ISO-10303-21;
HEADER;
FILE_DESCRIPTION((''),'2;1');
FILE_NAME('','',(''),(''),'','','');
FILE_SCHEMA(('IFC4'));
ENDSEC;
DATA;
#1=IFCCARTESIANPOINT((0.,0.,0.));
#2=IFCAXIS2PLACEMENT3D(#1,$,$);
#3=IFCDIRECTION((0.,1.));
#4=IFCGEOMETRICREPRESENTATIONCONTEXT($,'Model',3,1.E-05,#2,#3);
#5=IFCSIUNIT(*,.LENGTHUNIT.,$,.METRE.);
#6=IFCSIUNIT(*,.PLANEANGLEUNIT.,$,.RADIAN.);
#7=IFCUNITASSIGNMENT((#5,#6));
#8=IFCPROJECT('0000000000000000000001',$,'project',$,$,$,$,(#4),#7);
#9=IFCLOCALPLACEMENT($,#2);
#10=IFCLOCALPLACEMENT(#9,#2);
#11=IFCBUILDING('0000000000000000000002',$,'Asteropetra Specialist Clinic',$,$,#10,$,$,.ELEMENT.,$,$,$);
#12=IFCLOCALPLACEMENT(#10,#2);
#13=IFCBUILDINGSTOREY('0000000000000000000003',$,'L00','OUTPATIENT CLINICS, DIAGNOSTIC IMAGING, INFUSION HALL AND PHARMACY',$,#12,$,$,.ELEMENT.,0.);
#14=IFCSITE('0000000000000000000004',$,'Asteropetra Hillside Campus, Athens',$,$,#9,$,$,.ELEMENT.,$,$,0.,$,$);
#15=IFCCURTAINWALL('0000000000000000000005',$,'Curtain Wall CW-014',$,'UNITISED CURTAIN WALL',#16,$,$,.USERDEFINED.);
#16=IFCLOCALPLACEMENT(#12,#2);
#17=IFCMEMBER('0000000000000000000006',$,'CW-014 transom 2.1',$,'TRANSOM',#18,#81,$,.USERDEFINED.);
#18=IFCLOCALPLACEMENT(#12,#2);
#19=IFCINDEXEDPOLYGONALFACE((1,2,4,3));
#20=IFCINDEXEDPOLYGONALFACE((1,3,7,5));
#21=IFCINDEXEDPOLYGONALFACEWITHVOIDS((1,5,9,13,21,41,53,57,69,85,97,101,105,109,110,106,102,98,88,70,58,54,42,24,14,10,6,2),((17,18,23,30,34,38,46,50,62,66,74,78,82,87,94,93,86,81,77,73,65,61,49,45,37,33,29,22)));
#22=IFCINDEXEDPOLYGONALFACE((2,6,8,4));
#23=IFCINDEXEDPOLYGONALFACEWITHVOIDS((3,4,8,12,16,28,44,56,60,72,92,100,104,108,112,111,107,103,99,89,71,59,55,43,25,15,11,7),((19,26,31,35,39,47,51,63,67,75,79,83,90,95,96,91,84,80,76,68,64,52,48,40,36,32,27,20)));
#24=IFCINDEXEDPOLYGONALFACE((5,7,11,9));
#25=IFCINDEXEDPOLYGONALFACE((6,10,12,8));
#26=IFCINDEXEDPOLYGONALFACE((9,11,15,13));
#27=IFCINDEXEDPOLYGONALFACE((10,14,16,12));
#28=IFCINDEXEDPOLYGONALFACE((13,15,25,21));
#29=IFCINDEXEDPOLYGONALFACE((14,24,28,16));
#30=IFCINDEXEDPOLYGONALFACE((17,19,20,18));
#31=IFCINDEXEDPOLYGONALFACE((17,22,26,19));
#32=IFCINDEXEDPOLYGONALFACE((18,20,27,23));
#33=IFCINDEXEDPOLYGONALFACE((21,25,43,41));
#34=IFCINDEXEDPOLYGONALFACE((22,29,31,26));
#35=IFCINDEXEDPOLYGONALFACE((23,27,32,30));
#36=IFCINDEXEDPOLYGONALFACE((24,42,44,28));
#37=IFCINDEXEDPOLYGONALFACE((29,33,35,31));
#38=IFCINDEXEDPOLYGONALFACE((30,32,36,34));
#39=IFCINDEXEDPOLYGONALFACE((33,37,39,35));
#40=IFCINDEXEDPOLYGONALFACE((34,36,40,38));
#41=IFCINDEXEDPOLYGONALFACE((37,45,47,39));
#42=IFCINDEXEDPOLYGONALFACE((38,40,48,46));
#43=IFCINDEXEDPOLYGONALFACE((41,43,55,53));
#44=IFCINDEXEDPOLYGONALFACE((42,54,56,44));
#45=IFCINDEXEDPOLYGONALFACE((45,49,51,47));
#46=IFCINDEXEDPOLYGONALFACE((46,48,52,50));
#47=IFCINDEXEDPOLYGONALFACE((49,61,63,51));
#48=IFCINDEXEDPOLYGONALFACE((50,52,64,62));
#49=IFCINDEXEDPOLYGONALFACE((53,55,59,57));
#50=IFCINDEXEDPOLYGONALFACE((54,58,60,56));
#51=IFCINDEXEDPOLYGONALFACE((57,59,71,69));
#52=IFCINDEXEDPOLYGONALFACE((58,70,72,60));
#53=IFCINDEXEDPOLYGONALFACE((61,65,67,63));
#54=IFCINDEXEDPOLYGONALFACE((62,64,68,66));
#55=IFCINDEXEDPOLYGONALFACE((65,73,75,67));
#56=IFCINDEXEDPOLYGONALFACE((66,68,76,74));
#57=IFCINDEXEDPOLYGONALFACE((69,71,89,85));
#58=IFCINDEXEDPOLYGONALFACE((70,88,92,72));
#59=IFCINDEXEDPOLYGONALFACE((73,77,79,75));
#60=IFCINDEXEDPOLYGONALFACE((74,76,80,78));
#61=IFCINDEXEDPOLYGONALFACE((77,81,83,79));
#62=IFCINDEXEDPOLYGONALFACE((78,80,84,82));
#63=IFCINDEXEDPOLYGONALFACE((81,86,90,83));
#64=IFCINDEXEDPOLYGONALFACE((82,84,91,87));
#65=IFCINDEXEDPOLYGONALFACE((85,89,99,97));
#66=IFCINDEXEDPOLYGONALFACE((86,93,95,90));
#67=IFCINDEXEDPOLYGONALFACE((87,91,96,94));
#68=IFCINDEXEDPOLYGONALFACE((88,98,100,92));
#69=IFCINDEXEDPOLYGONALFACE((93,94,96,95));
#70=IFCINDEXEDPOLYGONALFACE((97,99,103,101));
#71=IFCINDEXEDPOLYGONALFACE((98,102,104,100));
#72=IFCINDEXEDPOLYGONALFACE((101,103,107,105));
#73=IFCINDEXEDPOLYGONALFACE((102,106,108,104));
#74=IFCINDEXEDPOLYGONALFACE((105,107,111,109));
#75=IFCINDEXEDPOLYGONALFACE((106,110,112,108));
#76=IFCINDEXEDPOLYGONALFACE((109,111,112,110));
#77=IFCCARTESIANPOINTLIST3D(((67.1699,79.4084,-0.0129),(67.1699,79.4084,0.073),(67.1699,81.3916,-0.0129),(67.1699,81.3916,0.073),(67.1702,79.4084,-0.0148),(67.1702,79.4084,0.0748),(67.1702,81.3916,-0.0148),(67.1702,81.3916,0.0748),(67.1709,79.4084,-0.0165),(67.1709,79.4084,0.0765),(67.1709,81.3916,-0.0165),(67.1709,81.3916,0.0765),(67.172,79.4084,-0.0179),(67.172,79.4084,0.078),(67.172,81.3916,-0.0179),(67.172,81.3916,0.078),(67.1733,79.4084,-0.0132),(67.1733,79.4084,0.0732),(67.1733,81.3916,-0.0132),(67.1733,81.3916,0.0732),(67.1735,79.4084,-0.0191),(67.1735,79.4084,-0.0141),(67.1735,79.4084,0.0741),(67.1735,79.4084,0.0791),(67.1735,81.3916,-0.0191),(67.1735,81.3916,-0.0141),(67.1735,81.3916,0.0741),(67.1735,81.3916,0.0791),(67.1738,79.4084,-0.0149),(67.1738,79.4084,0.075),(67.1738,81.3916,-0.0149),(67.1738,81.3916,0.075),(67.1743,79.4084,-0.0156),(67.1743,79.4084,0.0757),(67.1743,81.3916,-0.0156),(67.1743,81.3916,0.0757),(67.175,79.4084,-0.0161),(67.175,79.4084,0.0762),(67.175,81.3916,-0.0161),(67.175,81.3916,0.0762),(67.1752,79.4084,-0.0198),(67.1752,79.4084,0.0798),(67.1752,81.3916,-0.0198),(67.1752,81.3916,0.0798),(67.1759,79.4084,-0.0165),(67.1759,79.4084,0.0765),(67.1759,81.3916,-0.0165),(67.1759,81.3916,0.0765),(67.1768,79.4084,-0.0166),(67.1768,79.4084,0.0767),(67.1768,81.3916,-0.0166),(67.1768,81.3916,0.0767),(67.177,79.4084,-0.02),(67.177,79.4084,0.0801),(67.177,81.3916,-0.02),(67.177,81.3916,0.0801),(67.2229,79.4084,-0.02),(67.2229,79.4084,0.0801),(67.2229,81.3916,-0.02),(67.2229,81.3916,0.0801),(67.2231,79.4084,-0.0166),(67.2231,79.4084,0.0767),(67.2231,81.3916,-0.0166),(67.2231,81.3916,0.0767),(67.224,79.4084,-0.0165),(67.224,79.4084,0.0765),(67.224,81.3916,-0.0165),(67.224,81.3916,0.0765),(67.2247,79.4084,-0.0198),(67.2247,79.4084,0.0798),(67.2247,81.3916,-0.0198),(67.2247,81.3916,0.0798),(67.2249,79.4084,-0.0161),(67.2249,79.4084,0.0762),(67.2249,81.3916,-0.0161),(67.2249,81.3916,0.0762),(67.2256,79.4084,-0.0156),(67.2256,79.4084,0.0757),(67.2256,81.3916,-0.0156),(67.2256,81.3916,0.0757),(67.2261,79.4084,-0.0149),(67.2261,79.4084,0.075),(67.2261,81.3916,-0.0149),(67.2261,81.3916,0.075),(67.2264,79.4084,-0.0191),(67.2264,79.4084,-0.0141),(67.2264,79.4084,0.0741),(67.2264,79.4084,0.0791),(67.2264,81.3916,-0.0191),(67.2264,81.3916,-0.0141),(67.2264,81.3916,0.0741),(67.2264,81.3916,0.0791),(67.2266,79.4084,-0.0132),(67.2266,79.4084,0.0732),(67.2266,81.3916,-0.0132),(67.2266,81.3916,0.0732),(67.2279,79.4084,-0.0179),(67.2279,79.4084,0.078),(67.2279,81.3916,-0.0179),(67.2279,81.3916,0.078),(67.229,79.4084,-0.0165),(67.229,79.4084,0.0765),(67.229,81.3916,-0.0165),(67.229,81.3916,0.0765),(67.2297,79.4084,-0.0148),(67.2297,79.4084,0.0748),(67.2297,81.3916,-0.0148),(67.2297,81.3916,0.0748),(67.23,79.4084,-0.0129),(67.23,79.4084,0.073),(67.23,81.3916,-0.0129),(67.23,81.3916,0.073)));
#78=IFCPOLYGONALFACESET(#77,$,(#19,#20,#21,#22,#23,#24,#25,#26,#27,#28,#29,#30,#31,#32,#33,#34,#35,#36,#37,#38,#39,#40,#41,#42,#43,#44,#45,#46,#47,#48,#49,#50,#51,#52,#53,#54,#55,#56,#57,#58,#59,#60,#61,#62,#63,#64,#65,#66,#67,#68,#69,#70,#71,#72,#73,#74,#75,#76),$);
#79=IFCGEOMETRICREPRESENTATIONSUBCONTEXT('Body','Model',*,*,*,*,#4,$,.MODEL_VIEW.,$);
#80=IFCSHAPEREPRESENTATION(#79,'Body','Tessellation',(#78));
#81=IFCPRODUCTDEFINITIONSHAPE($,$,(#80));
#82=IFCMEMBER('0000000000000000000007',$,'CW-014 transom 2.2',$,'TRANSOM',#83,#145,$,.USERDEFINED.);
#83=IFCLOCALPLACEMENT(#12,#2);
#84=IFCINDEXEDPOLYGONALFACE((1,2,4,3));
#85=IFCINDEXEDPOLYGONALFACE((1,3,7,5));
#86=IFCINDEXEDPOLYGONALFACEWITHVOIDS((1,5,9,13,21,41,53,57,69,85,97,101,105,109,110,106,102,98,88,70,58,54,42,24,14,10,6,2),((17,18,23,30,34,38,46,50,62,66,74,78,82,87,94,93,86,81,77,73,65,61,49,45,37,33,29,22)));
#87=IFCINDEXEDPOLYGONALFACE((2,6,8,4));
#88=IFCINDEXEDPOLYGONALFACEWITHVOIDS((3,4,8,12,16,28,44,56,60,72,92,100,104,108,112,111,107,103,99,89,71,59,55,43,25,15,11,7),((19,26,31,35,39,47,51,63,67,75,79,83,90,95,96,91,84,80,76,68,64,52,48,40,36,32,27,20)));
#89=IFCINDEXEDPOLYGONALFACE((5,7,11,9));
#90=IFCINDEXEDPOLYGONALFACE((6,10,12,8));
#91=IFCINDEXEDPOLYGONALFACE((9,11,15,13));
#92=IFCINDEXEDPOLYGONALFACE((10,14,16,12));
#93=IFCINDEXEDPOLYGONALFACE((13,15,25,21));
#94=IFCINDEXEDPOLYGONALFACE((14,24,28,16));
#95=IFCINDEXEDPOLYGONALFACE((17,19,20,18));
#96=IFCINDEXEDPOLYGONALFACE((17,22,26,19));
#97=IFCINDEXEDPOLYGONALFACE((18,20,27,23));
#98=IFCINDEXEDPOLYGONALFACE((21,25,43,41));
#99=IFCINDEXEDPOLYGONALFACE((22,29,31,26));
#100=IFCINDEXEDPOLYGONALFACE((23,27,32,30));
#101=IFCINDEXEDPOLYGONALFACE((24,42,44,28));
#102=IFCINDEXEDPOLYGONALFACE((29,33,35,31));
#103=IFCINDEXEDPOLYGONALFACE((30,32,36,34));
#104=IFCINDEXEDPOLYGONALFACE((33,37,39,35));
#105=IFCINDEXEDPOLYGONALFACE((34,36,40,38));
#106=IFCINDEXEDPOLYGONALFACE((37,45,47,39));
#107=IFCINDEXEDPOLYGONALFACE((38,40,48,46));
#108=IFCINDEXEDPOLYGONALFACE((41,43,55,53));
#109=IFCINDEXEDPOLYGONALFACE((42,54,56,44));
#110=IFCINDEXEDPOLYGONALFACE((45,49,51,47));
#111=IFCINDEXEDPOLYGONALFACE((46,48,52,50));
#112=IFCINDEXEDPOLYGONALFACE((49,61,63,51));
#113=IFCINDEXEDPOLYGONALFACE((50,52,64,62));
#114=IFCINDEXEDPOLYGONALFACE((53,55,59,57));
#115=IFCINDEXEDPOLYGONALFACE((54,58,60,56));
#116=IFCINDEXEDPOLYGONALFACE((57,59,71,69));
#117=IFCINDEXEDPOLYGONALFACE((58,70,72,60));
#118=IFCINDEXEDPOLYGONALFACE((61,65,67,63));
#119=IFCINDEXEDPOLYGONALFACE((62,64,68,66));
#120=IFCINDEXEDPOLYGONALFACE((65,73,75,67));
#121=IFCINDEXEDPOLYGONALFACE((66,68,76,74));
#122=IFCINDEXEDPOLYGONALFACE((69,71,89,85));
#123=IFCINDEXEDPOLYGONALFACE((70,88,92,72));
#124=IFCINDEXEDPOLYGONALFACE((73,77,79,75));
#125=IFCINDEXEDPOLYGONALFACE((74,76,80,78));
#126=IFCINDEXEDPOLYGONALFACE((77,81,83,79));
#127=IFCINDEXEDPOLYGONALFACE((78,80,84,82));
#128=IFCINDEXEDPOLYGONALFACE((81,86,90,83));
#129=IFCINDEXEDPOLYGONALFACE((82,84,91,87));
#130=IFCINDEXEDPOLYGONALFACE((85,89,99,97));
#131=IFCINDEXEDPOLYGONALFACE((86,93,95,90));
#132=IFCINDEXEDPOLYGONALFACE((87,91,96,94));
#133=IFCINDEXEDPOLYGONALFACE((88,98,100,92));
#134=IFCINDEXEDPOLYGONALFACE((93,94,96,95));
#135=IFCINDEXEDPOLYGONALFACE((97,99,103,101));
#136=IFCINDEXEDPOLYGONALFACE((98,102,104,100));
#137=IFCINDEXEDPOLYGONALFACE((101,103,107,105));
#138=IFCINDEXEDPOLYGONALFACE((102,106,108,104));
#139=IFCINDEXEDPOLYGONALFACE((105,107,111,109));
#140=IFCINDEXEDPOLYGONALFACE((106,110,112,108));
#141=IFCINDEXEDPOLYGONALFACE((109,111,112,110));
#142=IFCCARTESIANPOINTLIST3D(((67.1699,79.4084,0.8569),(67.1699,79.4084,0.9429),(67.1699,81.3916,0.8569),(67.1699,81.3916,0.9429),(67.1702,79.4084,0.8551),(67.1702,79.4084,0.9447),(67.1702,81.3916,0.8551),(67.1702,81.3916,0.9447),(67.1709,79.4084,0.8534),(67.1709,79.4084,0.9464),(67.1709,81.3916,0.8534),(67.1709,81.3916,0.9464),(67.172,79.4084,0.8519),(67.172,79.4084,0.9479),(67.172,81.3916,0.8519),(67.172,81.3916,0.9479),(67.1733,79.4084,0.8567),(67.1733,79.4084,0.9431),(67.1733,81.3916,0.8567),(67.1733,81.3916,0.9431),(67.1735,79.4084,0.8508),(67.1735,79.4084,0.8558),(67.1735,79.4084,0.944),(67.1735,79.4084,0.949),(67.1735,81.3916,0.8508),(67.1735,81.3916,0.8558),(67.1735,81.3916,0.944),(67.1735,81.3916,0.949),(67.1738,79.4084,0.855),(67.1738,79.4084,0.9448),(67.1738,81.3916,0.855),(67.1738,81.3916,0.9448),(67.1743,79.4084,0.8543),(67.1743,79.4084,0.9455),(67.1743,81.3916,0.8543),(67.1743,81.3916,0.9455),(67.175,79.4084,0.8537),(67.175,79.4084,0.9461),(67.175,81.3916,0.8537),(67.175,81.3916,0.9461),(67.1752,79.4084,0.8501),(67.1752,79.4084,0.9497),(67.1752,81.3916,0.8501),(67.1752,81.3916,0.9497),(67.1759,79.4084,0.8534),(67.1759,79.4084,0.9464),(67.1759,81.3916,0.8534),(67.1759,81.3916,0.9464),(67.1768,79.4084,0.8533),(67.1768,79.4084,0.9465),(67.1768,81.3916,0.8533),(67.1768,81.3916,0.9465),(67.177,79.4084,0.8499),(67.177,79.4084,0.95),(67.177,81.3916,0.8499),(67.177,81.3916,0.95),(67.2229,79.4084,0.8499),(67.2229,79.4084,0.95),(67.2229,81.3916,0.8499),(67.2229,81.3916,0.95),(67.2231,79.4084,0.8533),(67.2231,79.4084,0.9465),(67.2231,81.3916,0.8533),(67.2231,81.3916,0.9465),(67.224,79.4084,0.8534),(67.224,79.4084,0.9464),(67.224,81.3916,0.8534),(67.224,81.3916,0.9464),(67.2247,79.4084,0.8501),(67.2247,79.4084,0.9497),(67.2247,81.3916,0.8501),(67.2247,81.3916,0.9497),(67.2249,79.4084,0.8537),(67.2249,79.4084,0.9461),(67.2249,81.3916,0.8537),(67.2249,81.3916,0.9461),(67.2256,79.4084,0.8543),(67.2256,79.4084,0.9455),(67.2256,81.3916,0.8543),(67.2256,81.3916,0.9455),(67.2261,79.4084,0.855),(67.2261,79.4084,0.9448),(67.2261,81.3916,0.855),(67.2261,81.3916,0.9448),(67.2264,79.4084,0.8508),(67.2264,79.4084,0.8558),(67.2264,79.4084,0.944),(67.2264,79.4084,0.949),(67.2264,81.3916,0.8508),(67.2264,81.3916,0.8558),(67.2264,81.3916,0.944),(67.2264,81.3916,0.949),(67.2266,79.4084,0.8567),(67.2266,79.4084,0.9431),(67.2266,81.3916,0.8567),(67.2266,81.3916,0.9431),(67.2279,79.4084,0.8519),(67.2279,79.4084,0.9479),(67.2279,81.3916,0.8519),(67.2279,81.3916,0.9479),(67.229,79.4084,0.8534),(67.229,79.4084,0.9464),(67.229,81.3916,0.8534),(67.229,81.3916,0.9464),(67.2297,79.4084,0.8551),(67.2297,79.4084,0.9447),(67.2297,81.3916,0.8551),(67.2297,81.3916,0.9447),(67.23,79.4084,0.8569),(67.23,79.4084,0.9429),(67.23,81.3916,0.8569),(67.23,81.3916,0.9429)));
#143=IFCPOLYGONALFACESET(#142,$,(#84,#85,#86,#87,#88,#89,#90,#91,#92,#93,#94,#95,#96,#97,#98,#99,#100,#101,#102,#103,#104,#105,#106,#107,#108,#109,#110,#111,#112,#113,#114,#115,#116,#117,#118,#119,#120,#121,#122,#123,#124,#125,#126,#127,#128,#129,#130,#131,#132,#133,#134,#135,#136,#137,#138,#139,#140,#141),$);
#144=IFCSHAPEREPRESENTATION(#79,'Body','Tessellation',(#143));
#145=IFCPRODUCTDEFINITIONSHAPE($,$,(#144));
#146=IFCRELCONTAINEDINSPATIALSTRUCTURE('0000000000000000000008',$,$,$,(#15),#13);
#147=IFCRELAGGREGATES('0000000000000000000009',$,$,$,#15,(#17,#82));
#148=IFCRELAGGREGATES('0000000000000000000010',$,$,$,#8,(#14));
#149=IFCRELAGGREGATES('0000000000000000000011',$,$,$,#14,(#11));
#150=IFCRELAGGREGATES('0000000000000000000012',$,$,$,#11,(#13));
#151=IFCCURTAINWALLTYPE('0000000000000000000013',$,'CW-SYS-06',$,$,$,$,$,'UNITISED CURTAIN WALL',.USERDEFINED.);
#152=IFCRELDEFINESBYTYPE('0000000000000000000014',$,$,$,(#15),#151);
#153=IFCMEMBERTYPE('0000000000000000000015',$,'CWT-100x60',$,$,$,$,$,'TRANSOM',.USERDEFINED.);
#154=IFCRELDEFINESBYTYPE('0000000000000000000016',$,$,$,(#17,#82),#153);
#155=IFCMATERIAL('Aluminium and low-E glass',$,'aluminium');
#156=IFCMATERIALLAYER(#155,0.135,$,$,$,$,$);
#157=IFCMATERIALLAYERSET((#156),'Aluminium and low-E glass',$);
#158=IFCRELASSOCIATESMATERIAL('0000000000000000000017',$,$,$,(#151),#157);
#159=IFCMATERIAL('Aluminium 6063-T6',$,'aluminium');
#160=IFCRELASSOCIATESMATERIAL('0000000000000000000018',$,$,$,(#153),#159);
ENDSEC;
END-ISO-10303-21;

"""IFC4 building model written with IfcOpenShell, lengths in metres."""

from ifc_helpers import new_model, si_unit, direction, frame, origin, origin_2d, place, context, subcontext, project, spatial, hollow_rectangle, extrude, material, layer, layer_set, material_profile, profile_set, type_object, element, aggregate, save


model = new_model("IFC4")

# Units and contexts
model_context = context("Model", 3, precision=1e-05, world=origin(), true_north=direction((0.0, 1.0)))
body_context = subcontext(model_context, "Body", "Model", "MODEL_VIEW")
ifc_project = project(units=[si_unit("LENGTHUNIT", "METRE"), si_unit("PLANEANGLEUNIT", "RADIAN")], contexts=[model_context])

# Site, building, storey
site_placement = place(None, origin())
site = spatial("IfcSite", under=ifc_project, at=site_placement, Name="Asteropetra Hillside Campus, Athens", CompositionType="ELEMENT", RefElevation=0.0)
building_placement = place(site_placement, origin())
building = spatial("IfcBuilding", under=site, at=building_placement, Name="Asteropetra Specialist Clinic", CompositionType="ELEMENT")
storey_placement = place(building_placement, origin())
storey = spatial("IfcBuildingStorey", under=building, at=storey_placement, Name="L00", Description="OUTPATIENT CLINICS, DIAGNOSTIC IMAGING, INFUSION HALL AND PHARMACY", CompositionType="ELEMENT", Elevation=0.0)

# Curtain wall, members
ifc_material_1 = material(Name="Aluminium and low-E glass", Category="aluminium")
ifc_layer_1 = layer(ifc_material_1, 0.135)
ifc_layer_set_1 = layer_set([ifc_layer_1], Name="Aluminium and low-E glass")
curtain_wall_type = type_object("IfcCurtainWallType", Name="CW-SYS-06", ElementType="UNITISED CURTAIN WALL", PredefinedType="USERDEFINED", material=ifc_layer_set_1)
curtain_wall_placement = place(storey_placement, origin())
curtain_wall = element("IfcCurtainWall", 1, at=curtain_wall_placement, inside=storey, type_object=curtain_wall_type, Name="Curtain Wall CW-014", ObjectType="UNITISED CURTAIN WALL", PredefinedType="USERDEFINED")
ifc_material_2 = material(Name="Aluminium 6063-T6", Category="aluminium")
ifc_material_profile_1 = material_profile(ifc_material_2, hollow_rectangle(XDim=0.0601, YDim=0.1001, WallThickness=0.0034, InnerFilletRadius=0.0034, OuterFilletRadius=0.0071, at=origin_2d()), Name="TRN 100x60x3.5")
ifc_profile_set_1 = profile_set([ifc_material_profile_1], Name="Aluminium 6063-T6")
member_type_1 = type_object("IfcMemberType", Name="CWT-100x60", ElementType="TRANSOM", PredefinedType="USERDEFINED", material=ifc_profile_set_1)
member_1_placement = place(storey_placement, frame((67.2, 79.4084, 0.03), z_axis=(0.0, 1.0, 0.0), x_axis=(-1.0, 0.0, 0.0)))
member_1 = element("IfcMember", 2, at=member_1_placement, type_object=member_type_1, Name="CW-014 transom 2.1", ObjectType="TRANSOM", PredefinedType="USERDEFINED", context=body_context, shape_type="SweptSolid", body=[
    extrude(hollow_rectangle(XDim=0.0601, YDim=0.1001, WallThickness=0.0034, InnerFilletRadius=0.0034, OuterFilletRadius=0.0071, at=origin_2d()), origin(), (0.0, 0.0, 1.0), 1.9832),
])
member_2_placement = place(storey_placement, frame((67.2, 79.4084, 0.8999), z_axis=(0.0, 1.0, 0.0), x_axis=(-1.0, 0.0, 0.0)))
member_2 = element("IfcMember", 3, at=member_2_placement, type_object=member_type_1, Name="CW-014 transom 2.2", ObjectType="TRANSOM", PredefinedType="USERDEFINED", context=body_context, shape_type="SweptSolid", body=[
    extrude(hollow_rectangle(XDim=0.0601, YDim=0.1001, WallThickness=0.0034, InnerFilletRadius=0.0034, OuterFilletRadius=0.0071, at=origin_2d()), origin(), (0.0, 0.0, 1.0), 1.9832),
])
aggregate(curtain_wall, [member_1, member_2])

save(model, "model.ifc")
